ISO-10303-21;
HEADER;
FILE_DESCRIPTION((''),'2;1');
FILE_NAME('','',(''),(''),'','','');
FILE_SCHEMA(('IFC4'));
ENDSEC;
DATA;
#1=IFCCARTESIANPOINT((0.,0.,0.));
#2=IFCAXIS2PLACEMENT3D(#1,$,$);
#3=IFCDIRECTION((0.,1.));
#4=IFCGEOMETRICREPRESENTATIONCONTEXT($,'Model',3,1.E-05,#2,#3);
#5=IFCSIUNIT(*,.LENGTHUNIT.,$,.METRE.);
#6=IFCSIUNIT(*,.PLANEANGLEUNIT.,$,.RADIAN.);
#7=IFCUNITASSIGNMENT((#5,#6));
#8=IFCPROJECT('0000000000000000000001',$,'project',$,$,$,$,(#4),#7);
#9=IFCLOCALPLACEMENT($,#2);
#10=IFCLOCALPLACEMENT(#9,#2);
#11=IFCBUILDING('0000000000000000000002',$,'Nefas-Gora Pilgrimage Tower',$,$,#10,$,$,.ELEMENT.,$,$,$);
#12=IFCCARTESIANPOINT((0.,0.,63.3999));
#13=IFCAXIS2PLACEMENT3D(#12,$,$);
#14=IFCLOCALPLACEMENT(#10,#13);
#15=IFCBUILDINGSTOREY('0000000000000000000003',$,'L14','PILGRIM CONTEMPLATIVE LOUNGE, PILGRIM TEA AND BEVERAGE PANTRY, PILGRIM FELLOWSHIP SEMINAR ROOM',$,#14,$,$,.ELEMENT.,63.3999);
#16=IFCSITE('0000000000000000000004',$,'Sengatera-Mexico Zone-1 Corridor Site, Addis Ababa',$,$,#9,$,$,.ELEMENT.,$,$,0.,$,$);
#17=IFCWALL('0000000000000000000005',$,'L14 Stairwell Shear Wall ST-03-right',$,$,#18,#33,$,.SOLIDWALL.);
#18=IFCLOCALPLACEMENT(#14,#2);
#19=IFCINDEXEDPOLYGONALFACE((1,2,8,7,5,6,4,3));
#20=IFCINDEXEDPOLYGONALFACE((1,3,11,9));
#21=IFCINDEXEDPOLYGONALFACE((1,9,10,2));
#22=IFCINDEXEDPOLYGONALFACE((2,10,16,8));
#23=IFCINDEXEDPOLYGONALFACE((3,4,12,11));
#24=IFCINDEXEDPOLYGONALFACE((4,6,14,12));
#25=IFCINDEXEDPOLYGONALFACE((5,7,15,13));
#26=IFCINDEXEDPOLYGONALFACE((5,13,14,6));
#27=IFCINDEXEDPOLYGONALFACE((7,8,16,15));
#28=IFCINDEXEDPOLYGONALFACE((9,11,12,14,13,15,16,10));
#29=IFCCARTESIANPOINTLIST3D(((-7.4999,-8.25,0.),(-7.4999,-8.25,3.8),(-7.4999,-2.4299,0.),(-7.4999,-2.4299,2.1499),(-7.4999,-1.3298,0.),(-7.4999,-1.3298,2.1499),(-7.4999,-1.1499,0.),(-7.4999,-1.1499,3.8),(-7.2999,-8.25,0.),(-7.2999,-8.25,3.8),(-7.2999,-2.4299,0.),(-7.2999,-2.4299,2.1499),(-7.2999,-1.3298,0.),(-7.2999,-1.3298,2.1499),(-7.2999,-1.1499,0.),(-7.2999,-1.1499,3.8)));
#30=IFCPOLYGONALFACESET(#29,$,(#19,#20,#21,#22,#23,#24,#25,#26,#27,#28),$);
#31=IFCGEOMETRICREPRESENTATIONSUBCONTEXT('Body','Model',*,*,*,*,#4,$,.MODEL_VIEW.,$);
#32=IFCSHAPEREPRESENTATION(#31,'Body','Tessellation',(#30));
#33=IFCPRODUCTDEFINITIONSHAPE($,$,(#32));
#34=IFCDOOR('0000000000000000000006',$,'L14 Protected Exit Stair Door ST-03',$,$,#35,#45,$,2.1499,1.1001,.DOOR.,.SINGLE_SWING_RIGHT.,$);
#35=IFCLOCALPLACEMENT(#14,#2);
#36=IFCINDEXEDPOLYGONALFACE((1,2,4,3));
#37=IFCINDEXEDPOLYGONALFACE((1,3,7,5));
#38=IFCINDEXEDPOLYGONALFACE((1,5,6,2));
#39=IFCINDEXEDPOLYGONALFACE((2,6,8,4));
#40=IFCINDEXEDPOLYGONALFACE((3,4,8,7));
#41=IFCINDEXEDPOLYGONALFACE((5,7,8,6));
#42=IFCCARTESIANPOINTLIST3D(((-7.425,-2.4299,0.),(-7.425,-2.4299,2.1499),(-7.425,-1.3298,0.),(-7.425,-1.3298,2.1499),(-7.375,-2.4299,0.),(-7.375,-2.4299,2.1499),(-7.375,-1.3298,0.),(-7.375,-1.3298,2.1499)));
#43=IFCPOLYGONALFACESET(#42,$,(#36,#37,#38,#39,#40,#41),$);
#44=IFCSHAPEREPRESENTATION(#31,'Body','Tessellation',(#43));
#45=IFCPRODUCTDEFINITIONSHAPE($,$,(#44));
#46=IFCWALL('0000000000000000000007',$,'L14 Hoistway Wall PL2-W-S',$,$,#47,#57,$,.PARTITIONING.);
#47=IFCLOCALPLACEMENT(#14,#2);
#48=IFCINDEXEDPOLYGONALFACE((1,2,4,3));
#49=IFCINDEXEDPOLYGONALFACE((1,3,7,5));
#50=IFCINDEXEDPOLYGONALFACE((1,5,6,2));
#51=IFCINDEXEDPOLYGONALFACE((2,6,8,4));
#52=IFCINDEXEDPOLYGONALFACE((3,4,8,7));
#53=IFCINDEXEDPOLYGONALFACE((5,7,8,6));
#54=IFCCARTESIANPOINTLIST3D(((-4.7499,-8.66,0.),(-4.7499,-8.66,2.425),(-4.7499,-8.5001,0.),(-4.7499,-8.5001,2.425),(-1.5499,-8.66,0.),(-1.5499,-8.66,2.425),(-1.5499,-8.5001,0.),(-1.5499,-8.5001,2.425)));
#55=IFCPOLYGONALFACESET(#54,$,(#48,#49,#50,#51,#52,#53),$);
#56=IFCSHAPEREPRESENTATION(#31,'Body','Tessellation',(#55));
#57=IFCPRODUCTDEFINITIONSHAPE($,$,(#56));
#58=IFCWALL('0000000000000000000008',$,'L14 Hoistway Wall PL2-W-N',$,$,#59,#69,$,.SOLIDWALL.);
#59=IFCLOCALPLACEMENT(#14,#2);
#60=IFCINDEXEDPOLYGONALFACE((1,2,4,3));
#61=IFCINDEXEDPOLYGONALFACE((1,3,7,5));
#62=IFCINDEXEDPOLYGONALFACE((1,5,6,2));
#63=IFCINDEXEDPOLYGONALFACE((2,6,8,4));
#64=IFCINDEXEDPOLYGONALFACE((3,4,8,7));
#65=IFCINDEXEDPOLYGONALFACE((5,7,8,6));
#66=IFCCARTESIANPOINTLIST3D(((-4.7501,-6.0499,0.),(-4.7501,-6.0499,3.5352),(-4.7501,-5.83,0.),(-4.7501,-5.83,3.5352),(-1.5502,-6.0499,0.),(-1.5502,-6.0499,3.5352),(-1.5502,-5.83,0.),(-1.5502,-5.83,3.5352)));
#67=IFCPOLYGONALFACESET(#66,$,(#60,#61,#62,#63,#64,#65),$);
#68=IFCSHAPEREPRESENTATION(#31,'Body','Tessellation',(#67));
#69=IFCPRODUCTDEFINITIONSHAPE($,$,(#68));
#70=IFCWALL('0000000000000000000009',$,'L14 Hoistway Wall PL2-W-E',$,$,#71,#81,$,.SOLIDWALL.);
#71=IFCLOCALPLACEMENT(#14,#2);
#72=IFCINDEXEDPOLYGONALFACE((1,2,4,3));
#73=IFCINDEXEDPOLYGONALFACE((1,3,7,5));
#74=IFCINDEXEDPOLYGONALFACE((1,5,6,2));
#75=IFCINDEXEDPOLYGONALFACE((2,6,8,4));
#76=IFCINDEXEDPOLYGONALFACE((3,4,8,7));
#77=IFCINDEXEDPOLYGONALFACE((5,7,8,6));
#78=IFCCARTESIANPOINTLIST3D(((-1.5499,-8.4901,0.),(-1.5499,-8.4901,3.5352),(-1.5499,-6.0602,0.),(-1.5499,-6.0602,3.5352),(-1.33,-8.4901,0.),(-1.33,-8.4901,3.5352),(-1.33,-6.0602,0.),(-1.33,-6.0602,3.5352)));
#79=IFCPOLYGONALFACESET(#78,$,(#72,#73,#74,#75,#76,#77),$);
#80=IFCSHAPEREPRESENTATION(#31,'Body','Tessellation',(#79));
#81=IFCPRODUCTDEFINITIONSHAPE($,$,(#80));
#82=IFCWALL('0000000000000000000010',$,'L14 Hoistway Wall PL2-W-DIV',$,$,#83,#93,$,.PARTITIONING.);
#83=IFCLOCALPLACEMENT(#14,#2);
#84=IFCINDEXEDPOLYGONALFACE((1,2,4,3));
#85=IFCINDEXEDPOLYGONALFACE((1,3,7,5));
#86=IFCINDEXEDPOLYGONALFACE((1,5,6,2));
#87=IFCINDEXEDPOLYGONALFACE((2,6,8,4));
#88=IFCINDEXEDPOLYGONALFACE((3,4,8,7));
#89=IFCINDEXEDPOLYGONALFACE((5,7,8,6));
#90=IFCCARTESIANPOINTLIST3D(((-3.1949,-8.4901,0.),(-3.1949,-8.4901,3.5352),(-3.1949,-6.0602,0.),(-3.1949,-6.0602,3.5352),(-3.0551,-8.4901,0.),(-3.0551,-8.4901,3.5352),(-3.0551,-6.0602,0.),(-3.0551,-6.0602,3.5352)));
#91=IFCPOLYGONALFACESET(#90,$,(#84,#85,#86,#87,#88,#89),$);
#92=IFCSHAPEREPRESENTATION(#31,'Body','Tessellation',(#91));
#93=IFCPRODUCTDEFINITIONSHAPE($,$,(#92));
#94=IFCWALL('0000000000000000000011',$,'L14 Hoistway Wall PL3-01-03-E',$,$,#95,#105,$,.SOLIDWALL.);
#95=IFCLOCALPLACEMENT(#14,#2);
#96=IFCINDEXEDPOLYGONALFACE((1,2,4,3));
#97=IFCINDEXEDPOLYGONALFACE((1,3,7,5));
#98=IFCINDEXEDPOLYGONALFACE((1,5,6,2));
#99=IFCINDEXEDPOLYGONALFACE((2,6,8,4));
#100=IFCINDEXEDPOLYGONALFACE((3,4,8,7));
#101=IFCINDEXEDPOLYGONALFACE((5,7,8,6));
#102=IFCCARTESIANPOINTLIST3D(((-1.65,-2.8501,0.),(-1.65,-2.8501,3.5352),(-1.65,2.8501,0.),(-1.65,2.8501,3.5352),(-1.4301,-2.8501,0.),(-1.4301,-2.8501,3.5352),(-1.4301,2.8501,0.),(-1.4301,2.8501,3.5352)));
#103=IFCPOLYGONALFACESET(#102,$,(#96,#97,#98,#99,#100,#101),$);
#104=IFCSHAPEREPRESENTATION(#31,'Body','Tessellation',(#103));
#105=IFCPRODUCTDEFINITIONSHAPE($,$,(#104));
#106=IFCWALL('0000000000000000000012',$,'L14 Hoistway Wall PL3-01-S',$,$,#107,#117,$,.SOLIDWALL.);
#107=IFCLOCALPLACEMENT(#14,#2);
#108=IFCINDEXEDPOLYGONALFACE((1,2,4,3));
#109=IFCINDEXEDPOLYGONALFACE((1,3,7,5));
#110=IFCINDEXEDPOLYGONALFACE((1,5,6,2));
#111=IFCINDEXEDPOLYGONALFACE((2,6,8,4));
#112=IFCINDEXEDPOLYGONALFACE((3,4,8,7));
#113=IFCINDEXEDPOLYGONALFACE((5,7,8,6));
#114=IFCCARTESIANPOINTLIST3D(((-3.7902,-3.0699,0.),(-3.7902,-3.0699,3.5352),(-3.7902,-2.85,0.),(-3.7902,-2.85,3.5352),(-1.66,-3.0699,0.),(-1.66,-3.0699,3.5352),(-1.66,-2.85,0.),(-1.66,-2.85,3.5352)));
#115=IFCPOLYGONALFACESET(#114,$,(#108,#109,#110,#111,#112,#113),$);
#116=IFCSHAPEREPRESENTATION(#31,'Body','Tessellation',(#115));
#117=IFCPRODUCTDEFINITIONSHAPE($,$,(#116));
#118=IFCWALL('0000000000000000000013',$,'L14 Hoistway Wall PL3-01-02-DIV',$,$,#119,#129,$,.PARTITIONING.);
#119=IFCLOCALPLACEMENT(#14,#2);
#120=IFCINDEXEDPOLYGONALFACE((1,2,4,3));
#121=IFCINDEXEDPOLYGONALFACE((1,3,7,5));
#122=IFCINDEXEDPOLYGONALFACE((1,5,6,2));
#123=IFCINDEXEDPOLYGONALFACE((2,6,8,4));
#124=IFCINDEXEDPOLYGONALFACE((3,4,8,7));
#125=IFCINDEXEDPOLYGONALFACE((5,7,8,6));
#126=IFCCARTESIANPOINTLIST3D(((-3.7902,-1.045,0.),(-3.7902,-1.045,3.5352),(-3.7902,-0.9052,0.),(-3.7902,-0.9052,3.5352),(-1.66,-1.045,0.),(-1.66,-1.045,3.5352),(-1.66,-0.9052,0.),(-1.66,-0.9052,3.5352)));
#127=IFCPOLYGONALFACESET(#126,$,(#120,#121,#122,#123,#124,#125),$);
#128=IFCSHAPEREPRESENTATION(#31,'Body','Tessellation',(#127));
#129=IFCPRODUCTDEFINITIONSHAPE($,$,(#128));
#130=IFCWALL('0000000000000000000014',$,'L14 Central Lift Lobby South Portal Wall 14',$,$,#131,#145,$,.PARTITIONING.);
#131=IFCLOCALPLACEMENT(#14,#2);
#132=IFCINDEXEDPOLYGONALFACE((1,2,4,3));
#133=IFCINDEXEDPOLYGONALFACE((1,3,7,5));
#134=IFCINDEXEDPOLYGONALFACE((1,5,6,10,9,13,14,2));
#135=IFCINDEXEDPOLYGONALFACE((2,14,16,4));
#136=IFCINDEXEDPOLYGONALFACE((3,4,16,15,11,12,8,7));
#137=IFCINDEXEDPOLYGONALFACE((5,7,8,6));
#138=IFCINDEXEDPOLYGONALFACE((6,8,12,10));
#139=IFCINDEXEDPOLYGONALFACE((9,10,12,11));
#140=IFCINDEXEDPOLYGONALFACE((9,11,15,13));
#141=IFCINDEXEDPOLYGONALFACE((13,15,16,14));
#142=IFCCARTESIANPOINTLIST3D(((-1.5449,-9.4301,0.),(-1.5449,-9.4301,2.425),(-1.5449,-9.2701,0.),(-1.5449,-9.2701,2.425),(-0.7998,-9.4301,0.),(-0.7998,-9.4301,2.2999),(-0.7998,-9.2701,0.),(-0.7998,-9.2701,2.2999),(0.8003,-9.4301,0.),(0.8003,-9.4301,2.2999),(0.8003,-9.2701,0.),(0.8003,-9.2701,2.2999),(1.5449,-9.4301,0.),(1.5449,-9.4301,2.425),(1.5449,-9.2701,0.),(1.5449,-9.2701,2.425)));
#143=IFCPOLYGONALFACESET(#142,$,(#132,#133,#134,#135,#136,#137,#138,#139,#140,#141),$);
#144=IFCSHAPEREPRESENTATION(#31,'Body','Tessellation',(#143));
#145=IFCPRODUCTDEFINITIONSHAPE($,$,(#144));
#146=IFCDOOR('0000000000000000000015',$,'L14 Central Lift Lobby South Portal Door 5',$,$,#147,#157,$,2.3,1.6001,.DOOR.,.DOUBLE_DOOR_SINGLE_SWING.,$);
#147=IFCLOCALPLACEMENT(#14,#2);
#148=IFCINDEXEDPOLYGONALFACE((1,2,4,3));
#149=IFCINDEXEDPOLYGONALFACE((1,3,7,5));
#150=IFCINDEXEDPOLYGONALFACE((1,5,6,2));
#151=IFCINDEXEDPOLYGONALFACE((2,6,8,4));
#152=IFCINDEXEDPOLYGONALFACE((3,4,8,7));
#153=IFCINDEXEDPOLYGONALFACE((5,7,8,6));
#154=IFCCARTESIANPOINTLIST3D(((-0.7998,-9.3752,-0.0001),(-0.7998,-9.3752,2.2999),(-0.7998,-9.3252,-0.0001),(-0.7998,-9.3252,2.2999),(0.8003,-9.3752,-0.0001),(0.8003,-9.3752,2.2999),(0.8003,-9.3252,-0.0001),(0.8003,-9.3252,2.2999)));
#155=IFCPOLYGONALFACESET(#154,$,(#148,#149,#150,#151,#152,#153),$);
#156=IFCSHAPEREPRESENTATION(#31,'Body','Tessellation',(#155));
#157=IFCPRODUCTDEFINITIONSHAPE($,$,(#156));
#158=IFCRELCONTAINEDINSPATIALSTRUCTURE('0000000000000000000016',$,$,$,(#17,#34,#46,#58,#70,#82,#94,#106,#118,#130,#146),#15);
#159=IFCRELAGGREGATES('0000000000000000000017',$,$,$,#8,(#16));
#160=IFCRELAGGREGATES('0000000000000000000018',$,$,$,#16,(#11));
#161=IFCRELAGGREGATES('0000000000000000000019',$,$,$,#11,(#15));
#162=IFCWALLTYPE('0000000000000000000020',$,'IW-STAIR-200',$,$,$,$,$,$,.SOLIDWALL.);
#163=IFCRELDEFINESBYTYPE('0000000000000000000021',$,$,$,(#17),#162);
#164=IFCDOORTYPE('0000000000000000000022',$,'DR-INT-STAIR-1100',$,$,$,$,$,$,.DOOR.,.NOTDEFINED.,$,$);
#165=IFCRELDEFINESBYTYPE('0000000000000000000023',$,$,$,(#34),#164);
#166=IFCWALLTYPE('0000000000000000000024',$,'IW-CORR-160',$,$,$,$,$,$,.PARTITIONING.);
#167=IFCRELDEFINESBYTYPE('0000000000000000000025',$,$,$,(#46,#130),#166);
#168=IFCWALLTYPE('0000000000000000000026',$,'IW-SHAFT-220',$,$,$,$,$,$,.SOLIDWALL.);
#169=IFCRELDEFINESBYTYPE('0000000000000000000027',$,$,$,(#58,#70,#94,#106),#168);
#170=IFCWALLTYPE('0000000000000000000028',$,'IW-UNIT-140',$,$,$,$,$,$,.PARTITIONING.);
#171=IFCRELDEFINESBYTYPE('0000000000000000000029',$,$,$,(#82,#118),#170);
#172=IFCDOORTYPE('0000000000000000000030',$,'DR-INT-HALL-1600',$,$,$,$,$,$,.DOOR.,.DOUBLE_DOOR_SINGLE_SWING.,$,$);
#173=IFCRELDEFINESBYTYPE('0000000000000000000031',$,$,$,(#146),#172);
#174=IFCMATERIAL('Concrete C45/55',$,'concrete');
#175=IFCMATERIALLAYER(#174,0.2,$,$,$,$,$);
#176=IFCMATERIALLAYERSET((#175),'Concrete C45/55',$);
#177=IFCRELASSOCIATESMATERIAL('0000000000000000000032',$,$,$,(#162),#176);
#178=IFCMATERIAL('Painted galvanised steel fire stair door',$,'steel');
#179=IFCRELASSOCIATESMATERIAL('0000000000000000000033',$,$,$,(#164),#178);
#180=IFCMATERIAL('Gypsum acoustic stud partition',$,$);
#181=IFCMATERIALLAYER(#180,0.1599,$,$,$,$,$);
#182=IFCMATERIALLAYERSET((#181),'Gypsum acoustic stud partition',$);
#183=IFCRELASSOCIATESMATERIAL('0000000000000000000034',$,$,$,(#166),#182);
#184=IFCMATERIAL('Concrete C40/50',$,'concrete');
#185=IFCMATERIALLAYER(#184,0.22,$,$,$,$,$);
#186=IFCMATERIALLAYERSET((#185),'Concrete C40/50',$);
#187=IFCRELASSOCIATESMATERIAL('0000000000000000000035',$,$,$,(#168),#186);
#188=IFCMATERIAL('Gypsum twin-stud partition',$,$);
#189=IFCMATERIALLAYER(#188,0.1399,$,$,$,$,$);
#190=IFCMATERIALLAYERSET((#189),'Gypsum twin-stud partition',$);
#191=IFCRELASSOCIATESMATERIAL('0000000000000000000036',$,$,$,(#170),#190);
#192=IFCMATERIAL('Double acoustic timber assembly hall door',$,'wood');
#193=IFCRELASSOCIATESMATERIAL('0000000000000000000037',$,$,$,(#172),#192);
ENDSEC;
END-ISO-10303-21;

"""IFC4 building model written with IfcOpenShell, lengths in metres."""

from ifc_helpers import new_model, si_unit, direction, frame, frame_2d, origin, place, context, subcontext, project, spatial, rectangle, extrude, source, transform, mapped, material, layer, layer_set, type_object, element, fill, save


model = new_model("IFC4")

# Units and contexts
model_context = context("Model", 3, precision=1e-05, world=origin(), true_north=direction((0.0, 1.0)))
body_context = subcontext(model_context, "Body", "Model", "MODEL_VIEW")
ifc_project = project(units=[si_unit("LENGTHUNIT", "METRE"), si_unit("PLANEANGLEUNIT", "RADIAN")], contexts=[model_context])

# Site, building, storey
site_placement = place(None, origin())
site = spatial("IfcSite", under=ifc_project, at=site_placement, Name="Sengatera-Mexico Zone-1 Corridor Site, Addis Ababa", CompositionType="ELEMENT", RefElevation=0.0)
building_placement = place(site_placement, origin())
building = spatial("IfcBuilding", under=site, at=building_placement, Name="Nefas-Gora Pilgrimage Tower", CompositionType="ELEMENT")
storey_placement = place(building_placement, frame((0.0, 0.0, 63.3999)))
storey = spatial("IfcBuildingStorey", under=building, at=storey_placement, Name="L14", Description="PILGRIM CONTEMPLATIVE LOUNGE, PILGRIM TEA AND BEVERAGE PANTRY, PILGRIM FELLOWSHIP SEMINAR ROOM", CompositionType="ELEMENT", Elevation=63.3999)

# Shared definitions
ifc_material_1 = material(Name="Concrete C45/55", Category="concrete")
ifc_layer_1 = layer(ifc_material_1, 0.2)
ifc_layer_set_1 = layer_set([ifc_layer_1], Name="Concrete C45/55")
wall_type_1 = type_object("IfcWallType", Name="IW-STAIR-200", PredefinedType="SOLIDWALL", material=ifc_layer_set_1)
shared_shape_1 = source(origin(), body_context, "Body", "SweptSolid", [
    extrude(rectangle(XDim=7.1001, YDim=0.2, at=frame_2d((3.55, 0.0))), origin(), (0.0, 0.0, 1.0), 3.8),
])

# Wall, opening, door
wall_1_placement = place(storey_placement, frame((-7.3999, -1.1499, 0.0), z_axis=(0.0, 0.0, 1.0), x_axis=(0.0, -1.0, 0.0)))
wall_1 = element("IfcWall", 1, at=wall_1_placement, inside=storey, type_object=wall_type_1, Name="L14 Stairwell Shear Wall ST-03-right", PredefinedType="SOLIDWALL", context=body_context, shape_type="MappedRepresentation", body=[
    mapped(shared_shape_1, transform((0.0, 0.0, 0.0), x_axis=(1.0, 0.0, 0.0), y_axis=(0.0, 1.0, 0.0), z_axis=(0.0, 0.0, 1.0), scale=1.0)),
])
opening_1_placement = place(wall_1_placement, frame((0.1799, 0.0, 0.0)))
opening_1 = element("IfcOpeningElement", 2, at=opening_1_placement, cuts=wall_1, PredefinedType="OPENING", context=body_context, shape_type="SweptSolid", body=[
    extrude(rectangle(XDim=1.1001, YDim=2.1499, at=frame_2d((0.55, 1.075))), frame((0.0, 0.1099, 0.0), z_axis=(0.0, -1.0, 0.0), x_axis=(1.0, 0.0, 0.0)), (0.0, 0.0, 1.0), 0.22),
])
ifc_material_2 = material(Name="Painted galvanised steel fire stair door", Category="steel")
door_type_1 = type_object("IfcDoorType", Name="DR-INT-STAIR-1100", OperationType="NOTDEFINED", PredefinedType="DOOR", material=ifc_material_2)
shared_shape_2 = source(origin(), body_context, "Body", "SweptSolid", [
    extrude(rectangle(XDim=1.1001, YDim=2.1499, at=frame_2d((0.55, 1.075))), frame((0.0, 0.0249, 0.0), z_axis=(0.0, -1.0, 0.0), x_axis=(1.0, 0.0, 0.0)), (0.0, 0.0, 1.0), 0.05),
])
door_1_placement = place(opening_1_placement, origin())
door_1 = element("IfcDoor", 3, at=door_1_placement, inside=storey, type_object=door_type_1, Name="L14 Protected Exit Stair Door ST-03", OperationType="SINGLE_SWING_RIGHT", OverallHeight=2.1499, OverallWidth=1.1001, PredefinedType="DOOR", context=body_context, shape_type="MappedRepresentation", body=[
    mapped(shared_shape_2, transform((0.0, 0.0, 0.0), x_axis=(1.0, 0.0, 0.0), y_axis=(0.0, 1.0, 0.0), z_axis=(0.0, 0.0, 1.0), scale=1.0)),
])
fill(opening_1, door_1)

# Walls
ifc_material_3 = material(Name="Gypsum acoustic stud partition")
ifc_layer_2 = layer(ifc_material_3, 0.1599)
ifc_layer_set_2 = layer_set([ifc_layer_2], Name="Gypsum acoustic stud partition")
wall_type_2 = type_object("IfcWallType", Name="IW-CORR-160", PredefinedType="PARTITIONING", material=ifc_layer_set_2)
shared_shape_3 = source(origin(), body_context, "Body", "SweptSolid", [
    extrude(rectangle(XDim=3.2, YDim=0.1599, at=frame_2d((1.6001, 0.0))), origin(), (0.0, 0.0, 1.0), 2.425),
])
wall_2_placement = place(storey_placement, frame((-4.75, -8.5801, 0.0), z_axis=(0.0, 0.0, 1.0), x_axis=(1.0, 0.0, 0.0)))
element("IfcWall", 4, at=wall_2_placement, inside=storey, type_object=wall_type_2, Name="L14 Hoistway Wall PL2-W-S", PredefinedType="PARTITIONING", context=body_context, shape_type="MappedRepresentation", body=[
    mapped(shared_shape_3, transform((0.0, 0.0, 0.0), x_axis=(1.0, 0.0, 0.0), y_axis=(0.0, 1.0, 0.0), z_axis=(0.0, 0.0, 1.0), scale=1.0)),
])
ifc_material_4 = material(Name="Concrete C40/50", Category="concrete")
ifc_layer_3 = layer(ifc_material_4, 0.22)
ifc_layer_set_3 = layer_set([ifc_layer_3], Name="Concrete C40/50")
wall_type_3 = type_object("IfcWallType", Name="IW-SHAFT-220", PredefinedType="SOLIDWALL", material=ifc_layer_set_3)
shared_shape_4 = source(origin(), body_context, "Body", "SweptSolid", [
    extrude(rectangle(XDim=3.2, YDim=0.22, at=frame_2d((1.6001, 0.0))), origin(), (0.0, 0.0, 1.0), 3.5352),
])
wall_3_placement = place(storey_placement, frame((-1.55, -5.9399, 0.0), z_axis=(0.0, 0.0, 1.0), x_axis=(-1.0, 0.0, 0.0)))
element("IfcWall", 5, at=wall_3_placement, inside=storey, type_object=wall_type_3, Name="L14 Hoistway Wall PL2-W-N", PredefinedType="SOLIDWALL", context=body_context, shape_type="MappedRepresentation", body=[
    mapped(shared_shape_4, transform((0.0, 0.0, 0.0), x_axis=(1.0, 0.0, 0.0), y_axis=(0.0, 1.0, 0.0), z_axis=(0.0, 0.0, 1.0), scale=1.0)),
])
shared_shape_5 = source(origin(), body_context, "Body", "SweptSolid", [
    extrude(rectangle(XDim=2.4299, YDim=0.22, at=frame_2d((1.2148, 0.0))), origin(), (0.0, 0.0, 1.0), 3.5352),
])
for number, where, z_axis, x_axis, name in (
    (6, (-1.4399, -8.49, 0.0), (0.0, 0.0, 1.0), (0.0, 1.0, 0.0), "L14 Hoistway Wall PL2-W-E"),
):
    element("IfcWall", number, at=place(storey_placement, frame(where, z_axis=z_axis, x_axis=x_axis)), inside=storey, type_object=wall_type_3, Name=name, PredefinedType="SOLIDWALL", context=body_context, shape_type="MappedRepresentation", body=[
        mapped(shared_shape_5, transform((0.0, 0.0, 0.0), x_axis=(1.0, 0.0, 0.0), y_axis=(0.0, 1.0, 0.0), z_axis=(0.0, 0.0, 1.0), scale=1.0)),
    ])
ifc_material_5 = material(Name="Gypsum twin-stud partition")
ifc_layer_4 = layer(ifc_material_5, 0.1399)
ifc_layer_set_4 = layer_set([ifc_layer_4], Name="Gypsum twin-stud partition")
wall_type_4 = type_object("IfcWallType", Name="IW-UNIT-140", PredefinedType="PARTITIONING", material=ifc_layer_set_4)
shared_shape_6 = source(origin(), body_context, "Body", "SweptSolid", [
    extrude(rectangle(XDim=2.4299, YDim=0.1399, at=frame_2d((1.2148, 0.0))), origin(), (0.0, 0.0, 1.0), 3.5352),
])
wall_4_placement = place(storey_placement, frame((-3.125, -8.49, 0.0), z_axis=(0.0, 0.0, 1.0), x_axis=(0.0, 1.0, 0.0)))
element("IfcWall", 7, at=wall_4_placement, inside=storey, type_object=wall_type_4, Name="L14 Hoistway Wall PL2-W-DIV", PredefinedType="PARTITIONING", context=body_context, shape_type="MappedRepresentation", body=[
    mapped(shared_shape_6, transform((0.0, 0.0, 0.0), x_axis=(1.0, 0.0, 0.0), y_axis=(0.0, 1.0, 0.0), z_axis=(0.0, 0.0, 1.0), scale=1.0)),
])
shared_shape_7 = source(origin(), body_context, "Body", "SweptSolid", [
    extrude(rectangle(XDim=5.7002, YDim=0.22, at=frame_2d((2.8501, 0.0))), origin(), (0.0, 0.0, 1.0), 3.5352),
])
wall_5_placement = place(storey_placement, frame((-1.54, -2.8501, 0.0), z_axis=(0.0, 0.0, 1.0), x_axis=(0.0, 1.0, 0.0)))
element("IfcWall", 8, at=wall_5_placement, inside=storey, type_object=wall_type_3, Name="L14 Hoistway Wall PL3-01-03-E", PredefinedType="SOLIDWALL", context=body_context, shape_type="MappedRepresentation", body=[
    mapped(shared_shape_7, transform((0.0, 0.0, 0.0), x_axis=(1.0, 0.0, 0.0), y_axis=(0.0, 1.0, 0.0), z_axis=(0.0, 0.0, 1.0), scale=1.0)),
])
shared_shape_8 = source(origin(), body_context, "Body", "SweptSolid", [
    extrude(rectangle(XDim=2.1301, YDim=0.22, at=frame_2d((1.0649, 0.0))), origin(), (0.0, 0.0, 1.0), 3.5352),
])
wall_6_placement = place(storey_placement, frame((-3.79, -2.96, 0.0), z_axis=(0.0, 0.0, 1.0), x_axis=(1.0, 0.0, 0.0)))
element("IfcWall", 9, at=wall_6_placement, inside=storey, type_object=wall_type_3, Name="L14 Hoistway Wall PL3-01-S", PredefinedType="SOLIDWALL", context=body_context, shape_type="MappedRepresentation", body=[
    mapped(shared_shape_8, transform((0.0, 0.0, 0.0), x_axis=(1.0, 0.0, 0.0), y_axis=(0.0, 1.0, 0.0), z_axis=(0.0, 0.0, 1.0), scale=1.0)),
])
shared_shape_9 = source(origin(), body_context, "Body", "SweptSolid", [
    extrude(rectangle(XDim=2.1301, YDim=0.1399, at=frame_2d((1.0649, 0.0))), origin(), (0.0, 0.0, 1.0), 3.5352),
])
wall_7_placement = place(storey_placement, frame((-3.79, -0.9751, 0.0), z_axis=(0.0, 0.0, 1.0), x_axis=(1.0, 0.0, 0.0)))
element("IfcWall", 10, at=wall_7_placement, inside=storey, type_object=wall_type_4, Name="L14 Hoistway Wall PL3-01-02-DIV", PredefinedType="PARTITIONING", context=body_context, shape_type="MappedRepresentation", body=[
    mapped(shared_shape_9, transform((0.0, 0.0, 0.0), x_axis=(1.0, 0.0, 0.0), y_axis=(0.0, 1.0, 0.0), z_axis=(0.0, 0.0, 1.0), scale=1.0)),
])

# Wall, opening, door
shared_shape_10 = source(origin(), body_context, "Body", "SweptSolid", [
    extrude(rectangle(XDim=3.0898, YDim=0.1599, at=frame_2d((1.5449, 0.0))), origin(), (0.0, 0.0, 1.0), 2.425),
])
wall_8_placement = place(storey_placement, frame((-1.5449, -9.3501, 0.0), z_axis=(0.0, 0.0, 1.0), x_axis=(1.0, 0.0, 0.0)))
wall_8 = element("IfcWall", 11, at=wall_8_placement, inside=storey, type_object=wall_type_2, Name="L14 Central Lift Lobby South Portal Wall 14", PredefinedType="PARTITIONING", context=body_context, shape_type="MappedRepresentation", body=[
    mapped(shared_shape_10, transform((0.0, 0.0, 0.0), x_axis=(1.0, 0.0, 0.0), y_axis=(0.0, 1.0, 0.0), z_axis=(0.0, 0.0, 1.0), scale=1.0)),
])
opening_2_placement = place(wall_8_placement, frame((0.7451, 0.0, 0.0)))
opening_2 = element("IfcOpeningElement", 12, at=opening_2_placement, cuts=wall_8, PredefinedType="OPENING", context=body_context, shape_type="SweptSolid", body=[
    extrude(rectangle(XDim=1.6001, YDim=2.3, at=frame_2d((0.8, 1.1499))), frame((0.0, 0.0898, 0.0), z_axis=(0.0, -1.0, 0.0), x_axis=(1.0, 0.0, 0.0)), (0.0, 0.0, 1.0), 0.1799),
])
ifc_material_6 = material(Name="Double acoustic timber assembly hall door", Category="wood")
door_type_2 = type_object("IfcDoorType", Name="DR-INT-HALL-1600", OperationType="DOUBLE_DOOR_SINGLE_SWING", PredefinedType="DOOR", material=ifc_material_6)
shared_shape_11 = source(origin(), body_context, "Body", "SweptSolid", [
    extrude(rectangle(XDim=1.6001, YDim=2.3, at=frame_2d((0.8, 1.1499))), frame((0.0, 0.0249, 0.0), z_axis=(0.0, -1.0, 0.0), x_axis=(1.0, 0.0, 0.0)), (0.0, 0.0, 1.0), 0.05),
])
door_2_placement = place(opening_2_placement, origin())
door_2 = element("IfcDoor", 13, at=door_2_placement, inside=storey, type_object=door_type_2, Name="L14 Central Lift Lobby South Portal Door 5", OperationType="DOUBLE_DOOR_SINGLE_SWING", OverallHeight=2.3, OverallWidth=1.6001, PredefinedType="DOOR", context=body_context, shape_type="MappedRepresentation", body=[
    mapped(shared_shape_11, transform((0.0, 0.0, 0.0), x_axis=(1.0, 0.0, 0.0), y_axis=(0.0, 1.0, 0.0), z_axis=(0.0, 0.0, 1.0), scale=1.0)),
])
fill(opening_2, door_2)

save(model, "model.ifc")
